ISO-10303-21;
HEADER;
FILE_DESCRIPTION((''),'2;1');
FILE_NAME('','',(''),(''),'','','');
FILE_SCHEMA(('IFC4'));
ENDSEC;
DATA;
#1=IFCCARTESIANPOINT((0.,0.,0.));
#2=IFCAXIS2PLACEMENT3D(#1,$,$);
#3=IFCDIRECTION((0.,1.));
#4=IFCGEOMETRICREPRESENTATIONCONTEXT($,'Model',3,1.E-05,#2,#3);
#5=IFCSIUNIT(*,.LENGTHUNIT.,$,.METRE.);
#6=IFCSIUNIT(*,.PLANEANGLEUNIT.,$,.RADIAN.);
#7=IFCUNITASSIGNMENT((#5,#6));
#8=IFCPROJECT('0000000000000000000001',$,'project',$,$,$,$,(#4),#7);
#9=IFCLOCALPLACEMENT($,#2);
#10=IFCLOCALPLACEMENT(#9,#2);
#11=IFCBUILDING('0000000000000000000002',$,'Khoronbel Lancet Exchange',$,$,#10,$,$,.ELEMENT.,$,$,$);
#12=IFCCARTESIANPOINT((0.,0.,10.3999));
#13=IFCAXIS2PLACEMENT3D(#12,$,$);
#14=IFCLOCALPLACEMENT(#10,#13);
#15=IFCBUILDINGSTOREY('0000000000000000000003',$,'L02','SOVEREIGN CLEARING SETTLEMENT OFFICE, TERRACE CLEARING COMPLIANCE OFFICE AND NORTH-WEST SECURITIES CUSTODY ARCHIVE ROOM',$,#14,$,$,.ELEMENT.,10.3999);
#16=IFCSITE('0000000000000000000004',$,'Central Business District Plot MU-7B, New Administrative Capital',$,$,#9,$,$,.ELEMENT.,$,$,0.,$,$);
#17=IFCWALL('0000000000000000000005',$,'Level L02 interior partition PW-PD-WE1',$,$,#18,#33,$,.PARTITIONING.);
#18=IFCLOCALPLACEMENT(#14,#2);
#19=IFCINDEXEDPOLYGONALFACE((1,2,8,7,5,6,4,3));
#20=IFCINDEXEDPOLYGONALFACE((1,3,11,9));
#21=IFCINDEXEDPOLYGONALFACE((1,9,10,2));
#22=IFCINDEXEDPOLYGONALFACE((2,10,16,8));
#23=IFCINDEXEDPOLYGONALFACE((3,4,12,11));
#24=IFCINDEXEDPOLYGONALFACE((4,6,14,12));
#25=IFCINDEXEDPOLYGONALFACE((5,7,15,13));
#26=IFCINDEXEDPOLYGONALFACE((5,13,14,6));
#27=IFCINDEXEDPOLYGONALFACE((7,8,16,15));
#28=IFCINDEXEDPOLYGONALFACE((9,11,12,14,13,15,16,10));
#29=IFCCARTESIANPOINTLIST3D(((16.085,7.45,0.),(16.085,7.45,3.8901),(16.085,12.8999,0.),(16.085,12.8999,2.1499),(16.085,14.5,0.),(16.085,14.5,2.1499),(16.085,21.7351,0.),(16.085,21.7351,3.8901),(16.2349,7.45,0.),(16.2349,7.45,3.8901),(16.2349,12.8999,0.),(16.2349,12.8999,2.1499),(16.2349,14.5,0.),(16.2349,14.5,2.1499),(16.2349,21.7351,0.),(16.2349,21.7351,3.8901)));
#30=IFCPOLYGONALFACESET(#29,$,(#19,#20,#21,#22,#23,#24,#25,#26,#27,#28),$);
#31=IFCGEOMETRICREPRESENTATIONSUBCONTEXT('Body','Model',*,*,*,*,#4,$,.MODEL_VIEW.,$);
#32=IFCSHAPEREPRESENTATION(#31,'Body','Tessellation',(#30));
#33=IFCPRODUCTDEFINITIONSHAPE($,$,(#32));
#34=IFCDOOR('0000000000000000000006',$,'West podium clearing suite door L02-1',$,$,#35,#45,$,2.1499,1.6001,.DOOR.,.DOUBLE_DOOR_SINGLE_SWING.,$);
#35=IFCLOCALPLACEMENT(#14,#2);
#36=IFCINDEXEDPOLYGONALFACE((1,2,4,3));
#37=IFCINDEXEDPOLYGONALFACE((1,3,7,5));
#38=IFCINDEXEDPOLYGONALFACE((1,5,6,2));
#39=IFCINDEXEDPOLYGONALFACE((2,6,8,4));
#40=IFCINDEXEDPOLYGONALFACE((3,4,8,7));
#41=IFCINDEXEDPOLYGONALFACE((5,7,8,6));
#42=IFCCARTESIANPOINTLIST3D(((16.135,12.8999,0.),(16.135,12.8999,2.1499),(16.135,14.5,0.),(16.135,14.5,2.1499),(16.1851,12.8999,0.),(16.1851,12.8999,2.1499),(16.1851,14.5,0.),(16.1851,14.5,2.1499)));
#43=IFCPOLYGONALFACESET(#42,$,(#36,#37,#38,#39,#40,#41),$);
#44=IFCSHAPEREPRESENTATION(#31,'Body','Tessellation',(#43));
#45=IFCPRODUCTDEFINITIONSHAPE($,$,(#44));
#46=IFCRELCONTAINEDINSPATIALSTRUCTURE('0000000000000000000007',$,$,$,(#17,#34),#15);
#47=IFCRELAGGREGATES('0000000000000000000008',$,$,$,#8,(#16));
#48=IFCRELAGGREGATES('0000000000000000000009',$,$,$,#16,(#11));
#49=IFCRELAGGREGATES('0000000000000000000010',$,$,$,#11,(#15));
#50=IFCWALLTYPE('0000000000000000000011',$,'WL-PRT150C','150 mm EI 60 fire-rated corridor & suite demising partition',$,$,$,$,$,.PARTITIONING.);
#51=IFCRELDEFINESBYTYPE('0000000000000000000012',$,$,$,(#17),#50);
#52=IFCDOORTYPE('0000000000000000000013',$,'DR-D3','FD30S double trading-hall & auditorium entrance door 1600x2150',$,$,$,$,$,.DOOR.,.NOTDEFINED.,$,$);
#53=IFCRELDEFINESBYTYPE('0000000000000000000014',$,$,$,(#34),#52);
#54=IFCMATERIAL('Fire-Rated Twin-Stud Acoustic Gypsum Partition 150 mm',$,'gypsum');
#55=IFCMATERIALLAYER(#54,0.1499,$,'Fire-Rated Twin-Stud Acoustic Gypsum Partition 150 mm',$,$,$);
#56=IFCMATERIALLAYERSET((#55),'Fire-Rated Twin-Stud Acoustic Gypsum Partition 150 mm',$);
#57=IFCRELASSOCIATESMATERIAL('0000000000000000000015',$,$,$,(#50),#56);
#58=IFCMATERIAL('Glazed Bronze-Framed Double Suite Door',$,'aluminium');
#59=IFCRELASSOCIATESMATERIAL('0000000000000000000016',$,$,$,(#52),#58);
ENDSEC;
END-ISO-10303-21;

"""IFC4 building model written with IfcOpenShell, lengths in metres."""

from ifc_helpers import new_model, si_unit, direction, frame, frame_2d, origin, place, context, subcontext, project, spatial, rectangle, extrude, material, layer, layer_set, type_object, element, fill, save


model = new_model("IFC4")

# Units and contexts
model_context = context("Model", 3, precision=1e-05, world=origin(), true_north=direction((0.0, 1.0)))
body_context = subcontext(model_context, "Body", "Model", "MODEL_VIEW")
ifc_project = project(units=[si_unit("LENGTHUNIT", "METRE"), si_unit("PLANEANGLEUNIT", "RADIAN")], contexts=[model_context])

# Site, building, storey
site_placement = place(None, origin())
site = spatial("IfcSite", under=ifc_project, at=site_placement, Name="Central Business District Plot MU-7B, New Administrative Capital", CompositionType="ELEMENT", RefElevation=0.0)
building_placement = place(site_placement, origin())
building = spatial("IfcBuilding", under=site, at=building_placement, Name="Khoronbel Lancet Exchange", CompositionType="ELEMENT")
storey_placement = place(building_placement, frame((0.0, 0.0, 10.3999)))
storey = spatial("IfcBuildingStorey", under=building, at=storey_placement, Name="L02", Description="SOVEREIGN CLEARING SETTLEMENT OFFICE, TERRACE CLEARING COMPLIANCE OFFICE AND NORTH-WEST SECURITIES CUSTODY ARCHIVE ROOM", CompositionType="ELEMENT", Elevation=10.3999)

# Wall, opening, door
ifc_material_1 = material(Name="Fire-Rated Twin-Stud Acoustic Gypsum Partition 150 mm", Category="gypsum")
ifc_layer_1 = layer(ifc_material_1, 0.1499, Name="Fire-Rated Twin-Stud Acoustic Gypsum Partition 150 mm")
ifc_layer_set_1 = layer_set([ifc_layer_1], Name="Fire-Rated Twin-Stud Acoustic Gypsum Partition 150 mm")
wall_type_1 = type_object("IfcWallType", Name="WL-PRT150C", Description="150 mm EI 60 fire-rated corridor & suite demising partition", PredefinedType="PARTITIONING", material=ifc_layer_set_1)
wall_1_placement = place(storey_placement, frame((16.1599, 7.45, 0.0), z_axis=(0.0, 0.0, 1.0), x_axis=(0.0, 1.0, 0.0)))
wall_1 = element("IfcWall", 1, at=wall_1_placement, inside=storey, type_object=wall_type_1, Name="Level L02 interior partition PW-PD-WE1", PredefinedType="PARTITIONING", context=body_context, shape_type="SweptSolid", body=[
    extrude(rectangle(XDim=14.2852, YDim=0.1499, at=frame_2d((7.1426, 0.0))), origin(), (0.0, 0.0, 1.0), 3.8901),
])
opening_1_placement = place(wall_1_placement, frame((5.45, 0.0, 0.0)))
opening_1 = element("IfcOpeningElement", 2, at=opening_1_placement, cuts=wall_1, PredefinedType="OPENING", context=body_context, shape_type="SweptSolid", body=[
    extrude(rectangle(XDim=1.6001, YDim=2.1499, at=frame_2d((0.8, 1.075))), frame((0.0, 0.085, 0.0), z_axis=(0.0, -1.0, 0.0), x_axis=(1.0, 0.0, 0.0)), (0.0, 0.0, 1.0), 0.1699),
])
ifc_material_2 = material(Name="Glazed Bronze-Framed Double Suite Door", Category="aluminium")
door_type_1 = type_object("IfcDoorType", Name="DR-D3", Description="FD30S double trading-hall & auditorium entrance door 1600x2150", OperationType="NOTDEFINED", PredefinedType="DOOR", material=ifc_material_2)
door_1_placement = place(opening_1_placement, origin())
door_1 = element("IfcDoor", 3, at=door_1_placement, inside=storey, type_object=door_type_1, Name="West podium clearing suite door L02-1", OperationType="DOUBLE_DOOR_SINGLE_SWING", OverallHeight=2.1499, OverallWidth=1.6001, PredefinedType="DOOR", context=body_context, shape_type="SweptSolid", body=[
    extrude(rectangle(XDim=1.6001, YDim=2.1499, at=frame_2d((0.8, 1.075))), frame((0.0, 0.0249, 0.0), z_axis=(0.0, -1.0, 0.0), x_axis=(1.0, 0.0, 0.0)), (0.0, 0.0, 1.0), 0.05),
])
fill(opening_1, door_1)

save(model, "model.ifc")
